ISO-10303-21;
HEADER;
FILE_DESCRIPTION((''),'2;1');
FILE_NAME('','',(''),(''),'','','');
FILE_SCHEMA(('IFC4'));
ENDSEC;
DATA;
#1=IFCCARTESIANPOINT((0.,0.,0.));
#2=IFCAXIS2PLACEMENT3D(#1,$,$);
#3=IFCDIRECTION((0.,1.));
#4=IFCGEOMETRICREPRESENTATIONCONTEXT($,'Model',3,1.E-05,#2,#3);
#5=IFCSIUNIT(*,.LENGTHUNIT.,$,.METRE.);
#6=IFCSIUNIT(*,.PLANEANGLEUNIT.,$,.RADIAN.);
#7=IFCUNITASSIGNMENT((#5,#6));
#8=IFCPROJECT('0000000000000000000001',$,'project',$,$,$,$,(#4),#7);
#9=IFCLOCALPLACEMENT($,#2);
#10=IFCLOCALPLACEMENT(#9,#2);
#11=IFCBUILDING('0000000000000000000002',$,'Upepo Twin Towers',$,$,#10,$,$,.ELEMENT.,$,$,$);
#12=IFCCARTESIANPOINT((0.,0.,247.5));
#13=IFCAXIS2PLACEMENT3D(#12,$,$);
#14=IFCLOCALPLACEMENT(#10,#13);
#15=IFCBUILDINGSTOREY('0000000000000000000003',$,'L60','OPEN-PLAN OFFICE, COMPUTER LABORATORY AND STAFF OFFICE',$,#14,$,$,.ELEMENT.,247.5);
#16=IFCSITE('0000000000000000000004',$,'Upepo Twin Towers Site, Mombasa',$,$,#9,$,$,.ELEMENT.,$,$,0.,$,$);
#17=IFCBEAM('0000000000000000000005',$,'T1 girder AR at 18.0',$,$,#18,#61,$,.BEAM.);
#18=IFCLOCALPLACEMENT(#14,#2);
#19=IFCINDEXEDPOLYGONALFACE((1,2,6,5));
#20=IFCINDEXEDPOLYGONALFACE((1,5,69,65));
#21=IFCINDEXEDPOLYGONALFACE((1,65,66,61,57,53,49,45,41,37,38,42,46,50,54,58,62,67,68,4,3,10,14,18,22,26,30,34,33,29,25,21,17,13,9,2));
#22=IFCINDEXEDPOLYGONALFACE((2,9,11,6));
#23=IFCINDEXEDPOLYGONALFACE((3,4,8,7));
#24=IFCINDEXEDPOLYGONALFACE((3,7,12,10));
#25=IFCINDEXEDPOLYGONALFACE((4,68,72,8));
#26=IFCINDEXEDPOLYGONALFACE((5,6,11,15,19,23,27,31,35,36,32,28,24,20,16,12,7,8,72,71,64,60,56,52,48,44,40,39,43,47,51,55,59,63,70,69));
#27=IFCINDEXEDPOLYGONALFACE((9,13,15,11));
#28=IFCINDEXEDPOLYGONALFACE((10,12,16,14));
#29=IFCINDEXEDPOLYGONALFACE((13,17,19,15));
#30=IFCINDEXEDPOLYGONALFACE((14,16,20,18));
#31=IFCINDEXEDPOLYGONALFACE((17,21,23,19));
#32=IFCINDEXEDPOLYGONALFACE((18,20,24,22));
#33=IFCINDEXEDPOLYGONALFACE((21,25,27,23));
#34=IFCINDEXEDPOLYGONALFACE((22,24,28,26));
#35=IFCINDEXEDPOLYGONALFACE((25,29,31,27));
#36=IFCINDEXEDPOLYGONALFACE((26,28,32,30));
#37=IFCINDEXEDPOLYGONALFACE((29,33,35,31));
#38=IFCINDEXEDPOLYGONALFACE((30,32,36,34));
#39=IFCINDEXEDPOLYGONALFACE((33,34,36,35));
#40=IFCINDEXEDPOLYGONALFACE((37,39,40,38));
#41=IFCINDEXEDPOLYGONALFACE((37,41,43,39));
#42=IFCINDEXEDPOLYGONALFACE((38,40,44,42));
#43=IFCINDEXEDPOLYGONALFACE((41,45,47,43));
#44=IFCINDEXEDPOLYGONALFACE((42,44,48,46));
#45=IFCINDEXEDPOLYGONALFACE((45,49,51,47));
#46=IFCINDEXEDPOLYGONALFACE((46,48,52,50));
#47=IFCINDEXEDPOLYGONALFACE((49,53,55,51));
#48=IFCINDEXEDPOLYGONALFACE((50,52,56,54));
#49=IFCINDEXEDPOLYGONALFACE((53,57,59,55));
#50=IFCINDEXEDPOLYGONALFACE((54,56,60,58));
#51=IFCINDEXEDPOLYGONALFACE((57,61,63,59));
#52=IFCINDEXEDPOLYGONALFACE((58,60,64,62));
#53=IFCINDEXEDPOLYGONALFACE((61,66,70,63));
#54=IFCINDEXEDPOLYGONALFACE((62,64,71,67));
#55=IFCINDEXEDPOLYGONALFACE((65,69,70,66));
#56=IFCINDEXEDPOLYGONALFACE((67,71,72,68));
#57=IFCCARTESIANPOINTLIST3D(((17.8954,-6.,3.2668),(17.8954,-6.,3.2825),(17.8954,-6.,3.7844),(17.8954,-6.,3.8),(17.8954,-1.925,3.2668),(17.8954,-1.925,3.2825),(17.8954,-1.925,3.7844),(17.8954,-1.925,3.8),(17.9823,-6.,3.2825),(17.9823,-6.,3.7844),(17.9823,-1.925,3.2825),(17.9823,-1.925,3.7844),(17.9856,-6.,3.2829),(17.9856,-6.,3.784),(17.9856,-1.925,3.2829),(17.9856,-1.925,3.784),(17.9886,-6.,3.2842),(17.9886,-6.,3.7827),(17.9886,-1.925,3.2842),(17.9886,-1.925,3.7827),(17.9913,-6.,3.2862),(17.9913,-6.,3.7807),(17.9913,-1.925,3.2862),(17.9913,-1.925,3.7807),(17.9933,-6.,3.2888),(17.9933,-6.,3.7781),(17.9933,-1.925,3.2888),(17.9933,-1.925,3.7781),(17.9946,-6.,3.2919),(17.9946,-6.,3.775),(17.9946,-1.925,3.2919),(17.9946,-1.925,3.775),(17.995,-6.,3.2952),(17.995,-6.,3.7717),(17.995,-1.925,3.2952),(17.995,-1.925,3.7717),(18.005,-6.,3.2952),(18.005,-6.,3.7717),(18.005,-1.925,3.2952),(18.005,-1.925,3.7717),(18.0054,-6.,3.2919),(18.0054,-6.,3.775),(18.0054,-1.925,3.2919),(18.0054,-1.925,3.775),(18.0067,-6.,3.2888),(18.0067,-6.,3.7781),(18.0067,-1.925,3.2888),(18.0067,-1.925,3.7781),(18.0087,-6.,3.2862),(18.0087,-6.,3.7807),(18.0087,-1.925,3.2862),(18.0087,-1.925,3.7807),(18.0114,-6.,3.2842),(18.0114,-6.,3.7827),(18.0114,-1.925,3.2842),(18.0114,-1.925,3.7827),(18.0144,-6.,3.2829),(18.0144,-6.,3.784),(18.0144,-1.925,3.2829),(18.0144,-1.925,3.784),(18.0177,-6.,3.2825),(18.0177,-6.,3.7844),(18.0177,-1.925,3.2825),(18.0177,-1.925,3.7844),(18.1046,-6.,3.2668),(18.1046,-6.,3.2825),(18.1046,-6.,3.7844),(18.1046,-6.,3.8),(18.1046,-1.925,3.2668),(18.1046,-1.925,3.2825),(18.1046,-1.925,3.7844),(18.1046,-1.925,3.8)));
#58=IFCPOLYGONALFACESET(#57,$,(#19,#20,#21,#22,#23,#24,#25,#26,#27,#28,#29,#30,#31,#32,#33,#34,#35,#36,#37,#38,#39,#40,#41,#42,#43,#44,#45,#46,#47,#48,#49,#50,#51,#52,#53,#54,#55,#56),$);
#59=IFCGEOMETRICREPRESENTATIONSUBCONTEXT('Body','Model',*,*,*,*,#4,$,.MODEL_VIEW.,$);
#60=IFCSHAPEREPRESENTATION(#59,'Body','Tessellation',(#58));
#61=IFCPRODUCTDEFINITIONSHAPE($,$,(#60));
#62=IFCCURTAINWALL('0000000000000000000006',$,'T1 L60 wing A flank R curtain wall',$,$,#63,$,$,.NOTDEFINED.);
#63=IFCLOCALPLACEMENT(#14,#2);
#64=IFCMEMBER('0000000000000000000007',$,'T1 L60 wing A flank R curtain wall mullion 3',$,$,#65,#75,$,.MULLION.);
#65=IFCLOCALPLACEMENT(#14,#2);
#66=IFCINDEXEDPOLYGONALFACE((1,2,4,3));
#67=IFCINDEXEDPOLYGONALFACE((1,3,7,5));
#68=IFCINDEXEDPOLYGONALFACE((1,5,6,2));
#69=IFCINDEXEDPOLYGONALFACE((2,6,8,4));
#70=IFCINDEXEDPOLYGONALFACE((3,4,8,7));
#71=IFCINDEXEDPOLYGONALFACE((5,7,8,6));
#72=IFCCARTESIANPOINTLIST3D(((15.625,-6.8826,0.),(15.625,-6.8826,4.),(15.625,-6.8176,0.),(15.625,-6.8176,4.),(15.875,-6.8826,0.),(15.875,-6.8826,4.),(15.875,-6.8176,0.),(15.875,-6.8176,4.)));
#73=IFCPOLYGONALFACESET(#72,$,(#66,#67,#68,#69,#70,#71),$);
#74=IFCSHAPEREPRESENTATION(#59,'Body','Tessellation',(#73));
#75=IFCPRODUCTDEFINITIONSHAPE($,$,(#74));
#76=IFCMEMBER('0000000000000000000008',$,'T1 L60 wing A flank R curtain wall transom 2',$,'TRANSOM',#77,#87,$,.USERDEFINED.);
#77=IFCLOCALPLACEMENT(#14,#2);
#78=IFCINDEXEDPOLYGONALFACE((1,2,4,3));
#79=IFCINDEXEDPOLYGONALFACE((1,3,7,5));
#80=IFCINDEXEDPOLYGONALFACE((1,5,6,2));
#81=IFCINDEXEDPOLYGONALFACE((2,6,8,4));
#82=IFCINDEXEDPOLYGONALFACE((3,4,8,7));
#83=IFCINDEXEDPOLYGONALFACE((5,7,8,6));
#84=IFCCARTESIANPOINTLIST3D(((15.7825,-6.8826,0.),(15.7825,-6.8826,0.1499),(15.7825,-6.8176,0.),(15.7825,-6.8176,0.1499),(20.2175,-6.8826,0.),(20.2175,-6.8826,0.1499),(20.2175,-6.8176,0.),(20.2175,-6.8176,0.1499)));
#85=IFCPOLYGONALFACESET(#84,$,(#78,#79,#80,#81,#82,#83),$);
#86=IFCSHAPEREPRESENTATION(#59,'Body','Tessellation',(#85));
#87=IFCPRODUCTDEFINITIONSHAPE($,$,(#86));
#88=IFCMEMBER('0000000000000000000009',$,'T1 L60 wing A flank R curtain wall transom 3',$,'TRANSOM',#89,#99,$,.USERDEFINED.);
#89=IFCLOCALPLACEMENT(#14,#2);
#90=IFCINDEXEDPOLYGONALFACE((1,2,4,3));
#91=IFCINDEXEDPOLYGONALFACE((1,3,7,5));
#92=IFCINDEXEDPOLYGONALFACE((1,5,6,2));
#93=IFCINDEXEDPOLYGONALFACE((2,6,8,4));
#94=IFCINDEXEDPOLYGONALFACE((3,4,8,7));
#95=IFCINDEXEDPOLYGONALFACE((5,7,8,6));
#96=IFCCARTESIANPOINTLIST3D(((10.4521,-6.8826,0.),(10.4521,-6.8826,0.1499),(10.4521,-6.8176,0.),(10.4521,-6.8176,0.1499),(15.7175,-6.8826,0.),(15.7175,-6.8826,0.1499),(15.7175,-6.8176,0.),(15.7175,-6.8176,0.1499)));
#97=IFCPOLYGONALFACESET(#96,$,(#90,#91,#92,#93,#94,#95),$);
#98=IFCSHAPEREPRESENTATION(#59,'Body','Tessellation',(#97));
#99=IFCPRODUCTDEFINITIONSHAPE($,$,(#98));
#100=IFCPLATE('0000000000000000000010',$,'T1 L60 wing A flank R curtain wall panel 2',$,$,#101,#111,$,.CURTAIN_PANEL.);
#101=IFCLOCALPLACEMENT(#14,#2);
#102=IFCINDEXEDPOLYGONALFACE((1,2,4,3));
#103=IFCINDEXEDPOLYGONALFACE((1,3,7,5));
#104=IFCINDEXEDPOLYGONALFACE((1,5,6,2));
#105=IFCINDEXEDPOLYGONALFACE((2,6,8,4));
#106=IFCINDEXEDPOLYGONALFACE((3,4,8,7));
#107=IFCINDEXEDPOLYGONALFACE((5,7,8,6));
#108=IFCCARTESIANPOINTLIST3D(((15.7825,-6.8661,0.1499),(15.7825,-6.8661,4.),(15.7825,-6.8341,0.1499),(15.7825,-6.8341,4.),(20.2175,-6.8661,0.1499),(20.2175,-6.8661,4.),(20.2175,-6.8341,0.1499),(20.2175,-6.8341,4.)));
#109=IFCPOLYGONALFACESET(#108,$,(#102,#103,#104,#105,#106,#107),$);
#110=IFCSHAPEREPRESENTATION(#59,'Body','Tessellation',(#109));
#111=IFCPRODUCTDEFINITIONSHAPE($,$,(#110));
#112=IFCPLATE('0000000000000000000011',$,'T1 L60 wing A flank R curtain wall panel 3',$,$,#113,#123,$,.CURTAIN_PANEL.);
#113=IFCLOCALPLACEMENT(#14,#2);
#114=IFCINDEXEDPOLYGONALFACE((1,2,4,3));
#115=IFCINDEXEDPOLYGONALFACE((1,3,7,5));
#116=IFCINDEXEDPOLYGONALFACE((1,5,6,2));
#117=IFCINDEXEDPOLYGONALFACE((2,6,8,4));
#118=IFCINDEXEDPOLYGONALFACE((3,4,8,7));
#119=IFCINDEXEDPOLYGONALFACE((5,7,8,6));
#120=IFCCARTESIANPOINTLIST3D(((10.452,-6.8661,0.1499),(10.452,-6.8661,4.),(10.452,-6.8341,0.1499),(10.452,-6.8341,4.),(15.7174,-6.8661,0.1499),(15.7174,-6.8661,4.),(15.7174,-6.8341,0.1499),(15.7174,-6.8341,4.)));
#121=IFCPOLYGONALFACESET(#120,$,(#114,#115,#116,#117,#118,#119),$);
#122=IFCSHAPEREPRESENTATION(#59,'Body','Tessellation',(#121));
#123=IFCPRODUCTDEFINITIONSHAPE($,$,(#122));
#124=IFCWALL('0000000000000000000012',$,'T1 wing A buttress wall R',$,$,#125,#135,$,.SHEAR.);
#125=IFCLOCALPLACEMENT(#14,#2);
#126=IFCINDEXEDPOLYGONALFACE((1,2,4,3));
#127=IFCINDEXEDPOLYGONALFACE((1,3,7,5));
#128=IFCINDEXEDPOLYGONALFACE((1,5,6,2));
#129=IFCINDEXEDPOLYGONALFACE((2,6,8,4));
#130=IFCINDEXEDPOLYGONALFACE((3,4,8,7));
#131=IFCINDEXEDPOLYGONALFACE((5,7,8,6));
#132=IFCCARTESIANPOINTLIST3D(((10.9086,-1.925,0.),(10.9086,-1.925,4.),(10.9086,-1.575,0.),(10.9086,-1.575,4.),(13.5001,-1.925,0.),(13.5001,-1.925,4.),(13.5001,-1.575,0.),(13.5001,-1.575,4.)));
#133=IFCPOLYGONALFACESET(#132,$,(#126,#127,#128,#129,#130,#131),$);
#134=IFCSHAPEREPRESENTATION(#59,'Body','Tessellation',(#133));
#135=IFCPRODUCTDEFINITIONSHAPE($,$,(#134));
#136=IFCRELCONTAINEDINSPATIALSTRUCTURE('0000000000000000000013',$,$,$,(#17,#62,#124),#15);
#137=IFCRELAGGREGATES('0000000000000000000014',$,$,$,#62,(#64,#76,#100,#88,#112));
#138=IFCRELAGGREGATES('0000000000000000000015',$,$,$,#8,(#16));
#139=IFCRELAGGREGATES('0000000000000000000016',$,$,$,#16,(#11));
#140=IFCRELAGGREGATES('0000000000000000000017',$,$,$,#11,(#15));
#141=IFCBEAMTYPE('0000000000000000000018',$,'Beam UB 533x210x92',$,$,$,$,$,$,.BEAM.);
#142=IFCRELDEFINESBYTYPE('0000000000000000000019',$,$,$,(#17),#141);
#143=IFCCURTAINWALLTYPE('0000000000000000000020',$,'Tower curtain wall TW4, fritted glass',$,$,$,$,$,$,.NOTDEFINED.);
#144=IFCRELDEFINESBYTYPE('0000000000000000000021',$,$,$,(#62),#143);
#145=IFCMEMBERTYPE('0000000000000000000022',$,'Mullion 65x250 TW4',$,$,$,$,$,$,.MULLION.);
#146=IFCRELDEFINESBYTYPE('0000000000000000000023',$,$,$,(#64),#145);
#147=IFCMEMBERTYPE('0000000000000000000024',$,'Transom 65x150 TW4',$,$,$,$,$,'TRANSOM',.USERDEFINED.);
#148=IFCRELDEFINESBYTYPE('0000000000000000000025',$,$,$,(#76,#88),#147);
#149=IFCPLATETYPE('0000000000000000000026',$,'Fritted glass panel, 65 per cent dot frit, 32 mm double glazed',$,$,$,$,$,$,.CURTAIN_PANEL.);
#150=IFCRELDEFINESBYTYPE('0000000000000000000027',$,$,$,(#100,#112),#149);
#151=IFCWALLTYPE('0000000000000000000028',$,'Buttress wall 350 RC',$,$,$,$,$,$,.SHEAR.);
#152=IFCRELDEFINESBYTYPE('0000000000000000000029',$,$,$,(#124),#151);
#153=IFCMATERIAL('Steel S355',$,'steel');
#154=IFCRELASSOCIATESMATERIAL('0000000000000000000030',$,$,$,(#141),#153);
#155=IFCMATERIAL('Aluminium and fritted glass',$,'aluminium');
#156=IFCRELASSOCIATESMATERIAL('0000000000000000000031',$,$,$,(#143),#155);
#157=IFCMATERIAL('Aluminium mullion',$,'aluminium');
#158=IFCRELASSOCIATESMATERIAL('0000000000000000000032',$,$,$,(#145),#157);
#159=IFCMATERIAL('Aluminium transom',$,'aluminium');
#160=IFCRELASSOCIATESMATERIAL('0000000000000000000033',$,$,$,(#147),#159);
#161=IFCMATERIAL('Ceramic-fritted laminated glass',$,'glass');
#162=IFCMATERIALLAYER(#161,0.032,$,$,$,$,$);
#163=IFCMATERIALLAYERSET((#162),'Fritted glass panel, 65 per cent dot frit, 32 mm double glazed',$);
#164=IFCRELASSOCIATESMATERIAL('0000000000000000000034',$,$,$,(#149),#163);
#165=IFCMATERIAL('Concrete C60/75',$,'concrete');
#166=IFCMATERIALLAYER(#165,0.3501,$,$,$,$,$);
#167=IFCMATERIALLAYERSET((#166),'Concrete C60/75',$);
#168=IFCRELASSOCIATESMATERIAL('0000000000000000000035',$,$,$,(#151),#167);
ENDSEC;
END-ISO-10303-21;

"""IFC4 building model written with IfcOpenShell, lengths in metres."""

from ifc_helpers import new_model, si_unit, direction, frame, frame_2d, origin, origin_2d, place, context, subcontext, project, spatial, rectangle, i_section, extrude, material, layer, layer_set, material_profile, profile_set, type_object, element, aggregate, save


model = new_model("IFC4")

# Units and contexts
model_context = context("Model", 3, precision=1e-05, world=origin(), true_north=direction((0.0, 1.0)))
body_context = subcontext(model_context, "Body", "Model", "MODEL_VIEW")
ifc_project = project(units=[si_unit("LENGTHUNIT", "METRE"), si_unit("PLANEANGLEUNIT", "RADIAN")], contexts=[model_context])

# Site, building, storey
site_placement = place(None, origin())
site = spatial("IfcSite", under=ifc_project, at=site_placement, Name="Upepo Twin Towers Site, Mombasa", CompositionType="ELEMENT", RefElevation=0.0)
building_placement = place(site_placement, origin())
building = spatial("IfcBuilding", under=site, at=building_placement, Name="Upepo Twin Towers", CompositionType="ELEMENT")
storey_placement = place(building_placement, frame((0.0, 0.0, 247.5)))
storey = spatial("IfcBuildingStorey", under=building, at=storey_placement, Name="L60", Description="OPEN-PLAN OFFICE, COMPUTER LABORATORY AND STAFF OFFICE", CompositionType="ELEMENT", Elevation=247.5)

# Beam
ifc_material_1 = material(Name="Steel S355", Category="steel")
ifc_material_profile_1 = material_profile(ifc_material_1, i_section(OverallWidth=0.2092, OverallDepth=0.5332, WebThickness=0.01, FlangeThickness=0.0156, FilletRadius=0.0127, at=origin_2d()), Name="UB 533x210x92")
ifc_profile_set_1 = profile_set([ifc_material_profile_1], Name="Steel S355")
beam_type_1 = type_object("IfcBeamType", Name="Beam UB 533x210x92", PredefinedType="BEAM", material=ifc_profile_set_1)
for number, where, z_axis, x_axis, name in (
    (1, (18.0, -6.0, 3.5334), (0.0, 1.0, 0.0), (-1.0, 0.0, 0.0), "T1 girder AR at 18.0"),
):
    element("IfcBeam", number, at=place(storey_placement, frame(where, z_axis=z_axis, x_axis=x_axis)), inside=storey, type_object=beam_type_1, Name=name, PredefinedType="BEAM", context=body_context, shape_type="SweptSolid", body=[
        extrude(i_section(OverallWidth=0.2092, OverallDepth=0.5332, WebThickness=0.01, FlangeThickness=0.0156, FilletRadius=0.0127, at=origin_2d()), origin(), (0.0, 0.0, 1.0), 4.075),
    ])

# Curtain wall, members, plates
ifc_material_2 = material(Name="Aluminium and fritted glass", Category="aluminium")
curtain_wall_type = type_object("IfcCurtainWallType", Name="Tower curtain wall TW4, fritted glass", PredefinedType="NOTDEFINED", material=ifc_material_2)
curtain_wall_placement = place(storey_placement, origin())
curtain_wall = element("IfcCurtainWall", 2, at=curtain_wall_placement, inside=storey, type_object=curtain_wall_type, Name="T1 L60 wing A flank R curtain wall", PredefinedType="NOTDEFINED")
ifc_material_3 = material(Name="Aluminium mullion", Category="aluminium")
ifc_material_profile_2 = material_profile(ifc_material_3, rectangle(XDim=0.0649, YDim=0.25, at=origin_2d()), Name="MULLION 65x250")
ifc_profile_set_2 = profile_set([ifc_material_profile_2], Name="Aluminium mullion")
member_type_1 = type_object("IfcMemberType", Name="Mullion 65x250 TW4", PredefinedType="MULLION", material=ifc_profile_set_2)
member_1_placement = place(storey_placement, frame((15.75, -6.8501, 0.0), z_axis=(0.0, 0.0, 1.0), x_axis=(0.0, -1.0, 0.0)))
member_1 = element("IfcMember", 3, at=member_1_placement, type_object=member_type_1, Name="T1 L60 wing A flank R curtain wall mullion 3", PredefinedType="MULLION", context=body_context, shape_type="SweptSolid", body=[
    extrude(rectangle(XDim=0.0649, YDim=0.25, at=origin_2d()), origin(), (0.0, 0.0, 1.0), 4.0),
])
ifc_material_4 = material(Name="Aluminium transom", Category="aluminium")
ifc_material_profile_3 = material_profile(ifc_material_4, rectangle(XDim=0.0649, YDim=0.1499, at=origin_2d()), Name="TRANSOM 65x150")
ifc_profile_set_3 = profile_set([ifc_material_profile_3], Name="Aluminium transom")
member_type_2 = type_object("IfcMemberType", Name="Transom 65x150 TW4", ElementType="TRANSOM", PredefinedType="USERDEFINED", material=ifc_profile_set_3)
member_2_placement = place(storey_placement, frame((20.2175, -6.8501, 0.075), z_axis=(-1.0, 0.0, 0.0), x_axis=(0.0, -1.0, 0.0)))
member_2 = element("IfcMember", 4, at=member_2_placement, type_object=member_type_2, Name="T1 L60 wing A flank R curtain wall transom 2", ObjectType="TRANSOM", PredefinedType="USERDEFINED", context=body_context, shape_type="SweptSolid", body=[
    extrude(rectangle(XDim=0.0649, YDim=0.1499, at=origin_2d()), origin(), (0.0, 0.0, 1.0), 4.4351),
])
member_3_placement = place(storey_placement, frame((15.7175, -6.8501, 0.075), z_axis=(-1.0, 0.0, 0.0), x_axis=(0.0, -1.0, 0.0)))
member_3 = element("IfcMember", 5, at=member_3_placement, type_object=member_type_2, Name="T1 L60 wing A flank R curtain wall transom 3", ObjectType="TRANSOM", PredefinedType="USERDEFINED", context=body_context, shape_type="SweptSolid", body=[
    extrude(rectangle(XDim=0.0649, YDim=0.1499, at=origin_2d()), origin(), (0.0, 0.0, 1.0), 5.2654),
])
ifc_material_5 = material(Name="Ceramic-fritted laminated glass", Category="glass")
ifc_layer_1 = layer(ifc_material_5, 0.032)
ifc_layer_set_1 = layer_set([ifc_layer_1], Name="Fritted glass panel, 65 per cent dot frit, 32 mm double glazed")
plate_type = type_object("IfcPlateType", Name="Fritted glass panel, 65 per cent dot frit, 32 mm double glazed", PredefinedType="CURTAIN_PANEL", material=ifc_layer_set_1)
plate_1_placement = place(storey_placement, frame((18.0, -6.8501, 0.1499), z_axis=(0.0, 0.0, 1.0), x_axis=(-1.0, 0.0, 0.0)))
plate_1 = element("IfcPlate", 6, at=plate_1_placement, type_object=plate_type, Name="T1 L60 wing A flank R curtain wall panel 2", PredefinedType="CURTAIN_PANEL", context=body_context, shape_type="SweptSolid", body=[
    extrude(rectangle(XDim=4.4351, YDim=0.032, at=origin_2d()), origin(), (0.0, 0.0, 1.0), 3.8501),
])
plate_2_placement = place(storey_placement, frame((13.0847, -6.8501, 0.1499), z_axis=(0.0, 0.0, 1.0), x_axis=(-1.0, 0.0, 0.0)))
plate_2 = element("IfcPlate", 7, at=plate_2_placement, type_object=plate_type, Name="T1 L60 wing A flank R curtain wall panel 3", PredefinedType="CURTAIN_PANEL", context=body_context, shape_type="SweptSolid", body=[
    extrude(rectangle(XDim=5.2654, YDim=0.032, at=origin_2d()), origin(), (0.0, 0.0, 1.0), 3.8501),
])
aggregate(curtain_wall, [member_1, member_2, plate_1, member_3, plate_2])

# Wall
ifc_material_6 = material(Name="Concrete C60/75", Category="concrete")
ifc_layer_2 = layer(ifc_material_6, 0.3501)
ifc_layer_set_2 = layer_set([ifc_layer_2], Name="Concrete C60/75")
wall_type_1 = type_object("IfcWallType", Name="Buttress wall 350 RC", PredefinedType="SHEAR", material=ifc_layer_set_2)
wall_1_placement = place(storey_placement, frame((10.9084, -1.75, 0.0), z_axis=(0.0, 0.0, 1.0), x_axis=(1.0, 0.0, 0.0)))
element("IfcWall", 8, at=wall_1_placement, inside=storey, type_object=wall_type_1, Name="T1 wing A buttress wall R", PredefinedType="SHEAR", context=body_context, shape_type="SweptSolid", body=[
    extrude(rectangle(XDim=2.5916, YDim=0.3501, at=frame_2d((1.2959, 0.0))), origin(), (0.0, 0.0, 1.0), 4.0),
])

save(model, "model.ifc")
